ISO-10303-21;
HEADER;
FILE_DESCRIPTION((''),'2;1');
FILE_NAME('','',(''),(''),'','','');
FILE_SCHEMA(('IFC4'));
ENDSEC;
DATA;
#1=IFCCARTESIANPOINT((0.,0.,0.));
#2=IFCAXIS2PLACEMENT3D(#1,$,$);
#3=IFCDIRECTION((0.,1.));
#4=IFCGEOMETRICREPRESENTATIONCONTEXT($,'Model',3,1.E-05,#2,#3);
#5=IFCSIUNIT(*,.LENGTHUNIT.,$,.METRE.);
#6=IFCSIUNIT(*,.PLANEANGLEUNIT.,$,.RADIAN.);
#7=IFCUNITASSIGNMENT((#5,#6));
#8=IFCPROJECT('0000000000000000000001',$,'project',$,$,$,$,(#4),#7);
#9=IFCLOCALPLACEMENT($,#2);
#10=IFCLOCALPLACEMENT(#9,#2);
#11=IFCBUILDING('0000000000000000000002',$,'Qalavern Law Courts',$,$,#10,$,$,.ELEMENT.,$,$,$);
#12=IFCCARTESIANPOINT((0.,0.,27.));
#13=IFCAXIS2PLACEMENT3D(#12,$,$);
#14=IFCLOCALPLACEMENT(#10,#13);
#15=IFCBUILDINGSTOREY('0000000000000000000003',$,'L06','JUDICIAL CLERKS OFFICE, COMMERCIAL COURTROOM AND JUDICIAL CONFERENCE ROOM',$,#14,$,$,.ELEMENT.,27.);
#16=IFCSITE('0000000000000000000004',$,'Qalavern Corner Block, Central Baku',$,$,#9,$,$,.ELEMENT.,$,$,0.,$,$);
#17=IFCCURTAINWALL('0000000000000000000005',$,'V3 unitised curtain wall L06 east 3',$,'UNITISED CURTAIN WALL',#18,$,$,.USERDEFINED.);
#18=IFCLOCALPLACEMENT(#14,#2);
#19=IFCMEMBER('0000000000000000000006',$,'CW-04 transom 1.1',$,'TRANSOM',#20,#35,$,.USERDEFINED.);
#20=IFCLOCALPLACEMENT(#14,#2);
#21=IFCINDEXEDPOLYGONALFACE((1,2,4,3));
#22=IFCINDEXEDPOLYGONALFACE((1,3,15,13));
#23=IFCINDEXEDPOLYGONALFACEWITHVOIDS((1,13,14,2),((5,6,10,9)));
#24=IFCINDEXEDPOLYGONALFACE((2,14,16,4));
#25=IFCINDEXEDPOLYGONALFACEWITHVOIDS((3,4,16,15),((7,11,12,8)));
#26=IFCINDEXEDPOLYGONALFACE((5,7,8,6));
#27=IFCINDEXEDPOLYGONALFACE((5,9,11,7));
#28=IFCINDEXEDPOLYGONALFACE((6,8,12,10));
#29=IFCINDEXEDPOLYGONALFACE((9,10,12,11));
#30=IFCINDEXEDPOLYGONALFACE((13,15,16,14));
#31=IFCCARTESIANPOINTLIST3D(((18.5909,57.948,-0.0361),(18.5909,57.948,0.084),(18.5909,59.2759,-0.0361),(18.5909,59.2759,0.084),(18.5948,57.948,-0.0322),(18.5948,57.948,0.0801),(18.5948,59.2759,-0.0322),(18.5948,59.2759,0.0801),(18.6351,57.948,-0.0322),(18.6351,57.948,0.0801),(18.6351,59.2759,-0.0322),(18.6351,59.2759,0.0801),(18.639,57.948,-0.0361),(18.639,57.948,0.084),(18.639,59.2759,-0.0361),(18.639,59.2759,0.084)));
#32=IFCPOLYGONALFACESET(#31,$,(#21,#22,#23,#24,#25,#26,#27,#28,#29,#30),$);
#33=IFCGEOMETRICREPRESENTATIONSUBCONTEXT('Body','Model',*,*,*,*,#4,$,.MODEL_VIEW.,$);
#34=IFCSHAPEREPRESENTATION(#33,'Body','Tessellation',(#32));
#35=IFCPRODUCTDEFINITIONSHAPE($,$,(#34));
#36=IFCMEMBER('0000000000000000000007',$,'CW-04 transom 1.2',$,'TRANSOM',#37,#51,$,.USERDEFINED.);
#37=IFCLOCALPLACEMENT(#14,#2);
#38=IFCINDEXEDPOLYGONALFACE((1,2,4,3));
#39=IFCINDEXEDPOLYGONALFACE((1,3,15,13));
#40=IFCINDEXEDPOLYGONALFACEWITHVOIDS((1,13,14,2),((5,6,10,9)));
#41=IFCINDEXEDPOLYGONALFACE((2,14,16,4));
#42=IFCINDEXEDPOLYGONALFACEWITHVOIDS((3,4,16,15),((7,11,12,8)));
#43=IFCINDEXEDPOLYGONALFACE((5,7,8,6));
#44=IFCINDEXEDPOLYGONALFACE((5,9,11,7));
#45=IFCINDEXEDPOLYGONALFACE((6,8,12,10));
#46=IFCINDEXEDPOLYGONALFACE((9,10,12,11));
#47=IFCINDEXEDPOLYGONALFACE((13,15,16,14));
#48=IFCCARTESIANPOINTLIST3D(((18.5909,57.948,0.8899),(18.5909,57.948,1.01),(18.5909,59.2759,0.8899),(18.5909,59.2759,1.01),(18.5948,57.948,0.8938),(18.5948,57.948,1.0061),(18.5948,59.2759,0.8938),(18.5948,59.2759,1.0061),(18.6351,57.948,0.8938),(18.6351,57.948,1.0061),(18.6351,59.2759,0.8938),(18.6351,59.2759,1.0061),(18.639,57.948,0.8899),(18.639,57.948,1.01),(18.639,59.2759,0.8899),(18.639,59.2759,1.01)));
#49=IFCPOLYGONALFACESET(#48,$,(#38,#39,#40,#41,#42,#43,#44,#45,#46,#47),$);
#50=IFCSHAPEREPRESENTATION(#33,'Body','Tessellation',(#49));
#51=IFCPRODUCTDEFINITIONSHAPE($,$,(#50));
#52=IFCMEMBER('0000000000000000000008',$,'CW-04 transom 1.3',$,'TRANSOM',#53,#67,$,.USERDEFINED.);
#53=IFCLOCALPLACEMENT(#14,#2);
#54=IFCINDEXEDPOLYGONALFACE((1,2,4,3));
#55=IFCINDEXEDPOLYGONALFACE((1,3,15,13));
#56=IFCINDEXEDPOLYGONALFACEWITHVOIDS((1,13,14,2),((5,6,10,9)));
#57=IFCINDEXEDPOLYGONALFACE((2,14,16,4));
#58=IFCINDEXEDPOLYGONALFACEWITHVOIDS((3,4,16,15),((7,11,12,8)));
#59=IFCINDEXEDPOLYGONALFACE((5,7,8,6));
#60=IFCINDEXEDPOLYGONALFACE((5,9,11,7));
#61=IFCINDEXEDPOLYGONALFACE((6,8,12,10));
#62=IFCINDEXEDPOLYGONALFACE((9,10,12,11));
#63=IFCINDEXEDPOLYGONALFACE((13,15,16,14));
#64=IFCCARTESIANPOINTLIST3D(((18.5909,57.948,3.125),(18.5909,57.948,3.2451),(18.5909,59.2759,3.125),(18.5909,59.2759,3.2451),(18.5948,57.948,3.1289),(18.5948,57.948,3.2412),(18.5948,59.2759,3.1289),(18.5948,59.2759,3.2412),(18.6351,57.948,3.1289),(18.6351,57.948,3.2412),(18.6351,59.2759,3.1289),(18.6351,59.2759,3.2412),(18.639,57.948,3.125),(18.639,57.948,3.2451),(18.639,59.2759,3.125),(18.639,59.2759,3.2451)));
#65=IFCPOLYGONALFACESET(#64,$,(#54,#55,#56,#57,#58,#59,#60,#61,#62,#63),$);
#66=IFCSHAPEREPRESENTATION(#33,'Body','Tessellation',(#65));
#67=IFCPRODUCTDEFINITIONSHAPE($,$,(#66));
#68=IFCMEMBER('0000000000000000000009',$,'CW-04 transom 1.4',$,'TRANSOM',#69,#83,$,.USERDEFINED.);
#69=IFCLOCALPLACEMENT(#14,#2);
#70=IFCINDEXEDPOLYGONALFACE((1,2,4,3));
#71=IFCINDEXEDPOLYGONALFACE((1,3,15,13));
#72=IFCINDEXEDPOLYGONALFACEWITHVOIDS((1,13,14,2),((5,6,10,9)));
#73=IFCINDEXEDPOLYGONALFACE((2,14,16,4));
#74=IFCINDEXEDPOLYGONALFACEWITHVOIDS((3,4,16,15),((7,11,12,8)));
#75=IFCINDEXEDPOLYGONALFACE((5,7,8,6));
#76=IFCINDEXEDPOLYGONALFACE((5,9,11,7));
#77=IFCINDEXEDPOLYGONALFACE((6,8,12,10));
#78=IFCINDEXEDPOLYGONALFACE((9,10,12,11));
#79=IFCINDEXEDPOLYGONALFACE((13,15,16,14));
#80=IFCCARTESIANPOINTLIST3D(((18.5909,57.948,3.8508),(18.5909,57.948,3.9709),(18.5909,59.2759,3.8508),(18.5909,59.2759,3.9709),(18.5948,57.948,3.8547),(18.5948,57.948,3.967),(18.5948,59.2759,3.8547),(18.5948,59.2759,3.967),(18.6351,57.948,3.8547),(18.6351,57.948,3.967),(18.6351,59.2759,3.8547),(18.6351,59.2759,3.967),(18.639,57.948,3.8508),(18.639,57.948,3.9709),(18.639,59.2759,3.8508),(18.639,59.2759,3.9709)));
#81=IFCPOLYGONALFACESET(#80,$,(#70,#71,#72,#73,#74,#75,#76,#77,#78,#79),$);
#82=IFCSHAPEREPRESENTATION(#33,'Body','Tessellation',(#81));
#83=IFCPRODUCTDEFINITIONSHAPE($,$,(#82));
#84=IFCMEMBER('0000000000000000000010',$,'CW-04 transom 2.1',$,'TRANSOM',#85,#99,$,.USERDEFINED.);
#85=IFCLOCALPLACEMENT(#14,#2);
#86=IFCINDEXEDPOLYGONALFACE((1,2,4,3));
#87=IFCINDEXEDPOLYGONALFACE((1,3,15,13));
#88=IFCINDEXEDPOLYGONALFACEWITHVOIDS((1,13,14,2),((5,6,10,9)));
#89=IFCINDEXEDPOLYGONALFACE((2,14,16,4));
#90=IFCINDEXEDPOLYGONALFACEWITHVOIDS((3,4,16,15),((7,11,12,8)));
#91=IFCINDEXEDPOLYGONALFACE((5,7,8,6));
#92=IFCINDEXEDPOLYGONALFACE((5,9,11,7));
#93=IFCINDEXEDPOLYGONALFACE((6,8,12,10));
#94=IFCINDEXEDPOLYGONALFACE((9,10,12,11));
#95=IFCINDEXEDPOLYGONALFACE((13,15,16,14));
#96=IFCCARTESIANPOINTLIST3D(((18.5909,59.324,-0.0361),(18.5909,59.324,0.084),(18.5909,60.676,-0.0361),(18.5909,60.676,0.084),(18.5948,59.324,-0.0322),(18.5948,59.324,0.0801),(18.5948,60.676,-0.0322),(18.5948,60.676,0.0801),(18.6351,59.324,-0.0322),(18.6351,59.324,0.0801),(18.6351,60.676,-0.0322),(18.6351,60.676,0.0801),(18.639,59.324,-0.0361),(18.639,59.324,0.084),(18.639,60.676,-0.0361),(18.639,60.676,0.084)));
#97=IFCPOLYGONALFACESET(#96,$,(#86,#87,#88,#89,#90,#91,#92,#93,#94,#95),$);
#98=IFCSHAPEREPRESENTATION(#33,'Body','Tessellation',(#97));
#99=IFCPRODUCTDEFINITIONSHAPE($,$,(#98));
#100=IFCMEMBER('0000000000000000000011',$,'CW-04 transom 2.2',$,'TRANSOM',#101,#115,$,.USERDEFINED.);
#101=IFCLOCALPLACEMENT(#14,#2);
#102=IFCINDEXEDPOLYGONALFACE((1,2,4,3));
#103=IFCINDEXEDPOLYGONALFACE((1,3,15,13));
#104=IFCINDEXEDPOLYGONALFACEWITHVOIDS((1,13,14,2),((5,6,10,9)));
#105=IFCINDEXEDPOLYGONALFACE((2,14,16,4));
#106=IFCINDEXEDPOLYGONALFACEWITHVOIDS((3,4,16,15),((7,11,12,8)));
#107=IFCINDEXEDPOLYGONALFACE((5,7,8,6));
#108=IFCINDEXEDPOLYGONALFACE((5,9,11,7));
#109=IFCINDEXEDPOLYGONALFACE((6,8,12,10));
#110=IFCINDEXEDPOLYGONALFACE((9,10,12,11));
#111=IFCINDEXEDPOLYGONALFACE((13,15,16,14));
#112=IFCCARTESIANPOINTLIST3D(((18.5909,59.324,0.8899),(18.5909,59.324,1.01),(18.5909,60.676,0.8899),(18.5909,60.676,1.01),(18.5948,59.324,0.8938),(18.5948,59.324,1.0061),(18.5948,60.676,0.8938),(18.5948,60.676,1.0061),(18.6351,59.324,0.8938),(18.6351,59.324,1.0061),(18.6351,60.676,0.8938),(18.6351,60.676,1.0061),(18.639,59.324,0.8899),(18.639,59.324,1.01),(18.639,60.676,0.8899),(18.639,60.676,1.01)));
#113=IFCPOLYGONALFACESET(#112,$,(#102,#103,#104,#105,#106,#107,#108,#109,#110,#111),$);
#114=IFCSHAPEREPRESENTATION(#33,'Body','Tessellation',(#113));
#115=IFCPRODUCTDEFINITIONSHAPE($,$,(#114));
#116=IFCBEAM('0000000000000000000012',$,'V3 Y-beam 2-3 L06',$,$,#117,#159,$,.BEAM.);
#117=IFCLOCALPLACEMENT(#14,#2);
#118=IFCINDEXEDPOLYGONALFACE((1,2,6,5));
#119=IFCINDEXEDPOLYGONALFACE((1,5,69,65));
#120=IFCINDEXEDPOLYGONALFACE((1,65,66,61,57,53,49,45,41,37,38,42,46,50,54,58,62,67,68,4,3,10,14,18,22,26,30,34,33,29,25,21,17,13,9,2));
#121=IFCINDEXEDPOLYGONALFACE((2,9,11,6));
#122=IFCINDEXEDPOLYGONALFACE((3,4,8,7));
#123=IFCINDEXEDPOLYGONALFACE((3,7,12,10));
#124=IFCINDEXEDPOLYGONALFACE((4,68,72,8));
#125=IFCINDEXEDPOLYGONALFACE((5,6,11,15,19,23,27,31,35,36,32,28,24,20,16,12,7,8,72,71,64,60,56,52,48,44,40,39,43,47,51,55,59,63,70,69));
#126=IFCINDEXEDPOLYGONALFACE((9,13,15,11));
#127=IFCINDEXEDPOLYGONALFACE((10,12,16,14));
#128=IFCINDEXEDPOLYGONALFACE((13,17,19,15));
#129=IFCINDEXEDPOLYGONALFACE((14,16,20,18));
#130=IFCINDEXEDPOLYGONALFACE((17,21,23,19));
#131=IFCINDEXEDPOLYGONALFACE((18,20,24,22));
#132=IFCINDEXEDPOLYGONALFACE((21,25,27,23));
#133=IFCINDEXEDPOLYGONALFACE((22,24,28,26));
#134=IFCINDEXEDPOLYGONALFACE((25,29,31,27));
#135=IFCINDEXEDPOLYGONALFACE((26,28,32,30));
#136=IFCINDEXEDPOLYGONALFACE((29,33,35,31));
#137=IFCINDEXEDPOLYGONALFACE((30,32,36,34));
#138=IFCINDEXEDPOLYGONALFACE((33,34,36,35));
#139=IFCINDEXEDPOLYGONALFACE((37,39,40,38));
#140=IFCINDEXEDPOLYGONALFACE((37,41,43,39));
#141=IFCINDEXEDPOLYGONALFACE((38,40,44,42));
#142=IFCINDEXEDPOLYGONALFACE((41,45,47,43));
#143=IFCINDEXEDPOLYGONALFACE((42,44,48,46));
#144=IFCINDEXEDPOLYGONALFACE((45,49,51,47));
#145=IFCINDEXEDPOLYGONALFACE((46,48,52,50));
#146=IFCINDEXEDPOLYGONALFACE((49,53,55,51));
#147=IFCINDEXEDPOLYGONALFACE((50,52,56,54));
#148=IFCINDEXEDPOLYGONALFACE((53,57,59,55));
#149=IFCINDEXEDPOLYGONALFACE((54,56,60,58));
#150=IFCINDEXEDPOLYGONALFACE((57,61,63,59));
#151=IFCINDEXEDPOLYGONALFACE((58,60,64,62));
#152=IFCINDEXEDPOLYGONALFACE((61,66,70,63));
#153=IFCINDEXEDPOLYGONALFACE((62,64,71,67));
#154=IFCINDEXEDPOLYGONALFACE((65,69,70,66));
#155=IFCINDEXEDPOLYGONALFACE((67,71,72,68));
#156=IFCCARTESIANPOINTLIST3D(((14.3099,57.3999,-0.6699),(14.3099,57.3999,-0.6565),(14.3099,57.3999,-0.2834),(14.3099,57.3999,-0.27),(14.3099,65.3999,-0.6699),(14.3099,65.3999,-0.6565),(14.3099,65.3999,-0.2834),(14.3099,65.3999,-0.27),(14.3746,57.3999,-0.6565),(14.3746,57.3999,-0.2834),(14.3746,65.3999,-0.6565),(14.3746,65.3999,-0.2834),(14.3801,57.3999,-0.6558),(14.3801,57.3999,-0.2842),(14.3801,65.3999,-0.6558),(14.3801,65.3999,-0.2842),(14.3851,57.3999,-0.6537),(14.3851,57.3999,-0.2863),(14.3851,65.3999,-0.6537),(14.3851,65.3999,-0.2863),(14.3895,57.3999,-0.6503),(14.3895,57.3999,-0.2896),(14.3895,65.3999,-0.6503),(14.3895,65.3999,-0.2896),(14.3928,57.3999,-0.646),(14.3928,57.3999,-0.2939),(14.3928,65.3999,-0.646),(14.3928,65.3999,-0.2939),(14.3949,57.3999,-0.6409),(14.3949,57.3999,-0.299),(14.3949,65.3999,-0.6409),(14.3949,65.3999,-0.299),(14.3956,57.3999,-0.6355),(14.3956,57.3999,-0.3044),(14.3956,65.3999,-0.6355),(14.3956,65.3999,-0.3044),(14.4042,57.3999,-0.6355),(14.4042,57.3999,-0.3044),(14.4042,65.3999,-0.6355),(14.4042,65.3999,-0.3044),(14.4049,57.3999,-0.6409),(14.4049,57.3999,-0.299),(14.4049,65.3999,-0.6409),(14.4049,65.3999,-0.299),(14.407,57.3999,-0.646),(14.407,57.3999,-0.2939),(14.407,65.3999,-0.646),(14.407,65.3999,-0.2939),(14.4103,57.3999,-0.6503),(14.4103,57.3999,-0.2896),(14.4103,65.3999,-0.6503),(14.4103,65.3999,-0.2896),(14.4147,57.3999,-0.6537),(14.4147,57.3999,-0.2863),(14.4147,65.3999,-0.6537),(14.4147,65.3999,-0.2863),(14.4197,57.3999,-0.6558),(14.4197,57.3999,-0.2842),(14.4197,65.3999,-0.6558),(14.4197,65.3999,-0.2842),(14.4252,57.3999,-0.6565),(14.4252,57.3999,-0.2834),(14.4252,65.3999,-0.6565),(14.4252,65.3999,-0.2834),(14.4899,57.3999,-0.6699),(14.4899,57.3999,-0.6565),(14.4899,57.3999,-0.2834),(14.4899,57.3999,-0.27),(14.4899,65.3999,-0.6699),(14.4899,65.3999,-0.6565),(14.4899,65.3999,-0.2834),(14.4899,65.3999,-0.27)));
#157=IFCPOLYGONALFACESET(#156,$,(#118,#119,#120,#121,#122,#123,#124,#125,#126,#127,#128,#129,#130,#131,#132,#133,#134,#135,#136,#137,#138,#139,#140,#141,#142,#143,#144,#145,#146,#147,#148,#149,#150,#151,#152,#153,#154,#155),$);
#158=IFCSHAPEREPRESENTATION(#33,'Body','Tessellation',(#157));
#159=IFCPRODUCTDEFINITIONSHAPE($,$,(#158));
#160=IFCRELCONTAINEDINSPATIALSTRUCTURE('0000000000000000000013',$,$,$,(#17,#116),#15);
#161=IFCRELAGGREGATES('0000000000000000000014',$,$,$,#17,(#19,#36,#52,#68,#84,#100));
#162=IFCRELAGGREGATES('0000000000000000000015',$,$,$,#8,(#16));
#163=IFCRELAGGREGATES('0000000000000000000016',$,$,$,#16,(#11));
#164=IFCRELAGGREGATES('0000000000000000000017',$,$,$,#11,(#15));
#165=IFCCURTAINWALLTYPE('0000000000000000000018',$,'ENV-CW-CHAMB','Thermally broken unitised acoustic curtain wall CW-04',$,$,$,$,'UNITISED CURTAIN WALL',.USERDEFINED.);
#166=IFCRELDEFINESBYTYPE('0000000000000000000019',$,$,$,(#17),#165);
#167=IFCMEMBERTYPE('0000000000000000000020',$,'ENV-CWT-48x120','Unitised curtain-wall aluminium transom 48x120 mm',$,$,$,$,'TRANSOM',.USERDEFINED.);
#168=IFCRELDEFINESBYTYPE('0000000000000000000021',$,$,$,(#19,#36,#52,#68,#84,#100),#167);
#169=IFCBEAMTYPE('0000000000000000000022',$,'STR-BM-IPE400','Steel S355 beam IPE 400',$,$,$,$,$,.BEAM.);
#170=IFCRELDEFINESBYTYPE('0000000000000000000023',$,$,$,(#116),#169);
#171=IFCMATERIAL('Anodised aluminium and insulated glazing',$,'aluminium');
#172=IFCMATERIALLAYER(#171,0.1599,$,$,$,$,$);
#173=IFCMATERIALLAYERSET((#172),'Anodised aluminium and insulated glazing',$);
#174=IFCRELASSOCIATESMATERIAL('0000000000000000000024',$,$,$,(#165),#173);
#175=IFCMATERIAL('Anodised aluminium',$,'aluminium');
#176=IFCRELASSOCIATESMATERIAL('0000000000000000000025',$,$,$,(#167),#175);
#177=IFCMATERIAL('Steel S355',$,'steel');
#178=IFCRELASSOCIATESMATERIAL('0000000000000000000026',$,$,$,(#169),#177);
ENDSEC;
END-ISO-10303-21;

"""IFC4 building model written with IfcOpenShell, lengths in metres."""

from ifc_helpers import new_model, si_unit, direction, frame, origin, origin_2d, place, context, subcontext, project, spatial, hollow_rectangle, i_section, extrude, material, layer, layer_set, material_profile, profile_set, type_object, element, aggregate, save


model = new_model("IFC4")

# Units and contexts
model_context = context("Model", 3, precision=1e-05, world=origin(), true_north=direction((0.0, 1.0)))
body_context = subcontext(model_context, "Body", "Model", "MODEL_VIEW")
ifc_project = project(units=[si_unit("LENGTHUNIT", "METRE"), si_unit("PLANEANGLEUNIT", "RADIAN")], contexts=[model_context])

# Site, building, storey
site_placement = place(None, origin())
site = spatial("IfcSite", under=ifc_project, at=site_placement, Name="Qalavern Corner Block, Central Baku", CompositionType="ELEMENT", RefElevation=0.0)
building_placement = place(site_placement, origin())
building = spatial("IfcBuilding", under=site, at=building_placement, Name="Qalavern Law Courts", CompositionType="ELEMENT")
storey_placement = place(building_placement, frame((0.0, 0.0, 27.0)))
storey = spatial("IfcBuildingStorey", under=building, at=storey_placement, Name="L06", Description="JUDICIAL CLERKS OFFICE, COMMERCIAL COURTROOM AND JUDICIAL CONFERENCE ROOM", CompositionType="ELEMENT", Elevation=27.0)

# Curtain wall
ifc_material_1 = material(Name="Anodised aluminium and insulated glazing", Category="aluminium")
ifc_layer_1 = layer(ifc_material_1, 0.1599)
ifc_layer_set_1 = layer_set([ifc_layer_1], Name="Anodised aluminium and insulated glazing")
curtain_wall_type = type_object("IfcCurtainWallType", Name="ENV-CW-CHAMB", Description="Thermally broken unitised acoustic curtain wall CW-04", ElementType="UNITISED CURTAIN WALL", PredefinedType="USERDEFINED", material=ifc_layer_set_1)
ifc_material_2 = material(Name="Anodised aluminium", Category="aluminium")
curtain_wall_1_placement = place(storey_placement, origin())
curtain_wall_1 = element("IfcCurtainWall", 1, at=curtain_wall_1_placement, inside=storey, type_object=curtain_wall_type, Name="V3 unitised curtain wall L06 east 3", ObjectType="UNITISED CURTAIN WALL", PredefinedType="USERDEFINED")

# Members
ifc_material_profile_1 = material_profile(ifc_material_2, hollow_rectangle(XDim=0.0481, YDim=0.1201, WallThickness=0.0039, at=origin_2d()), Name="ALU TRANSOM 48x120")
ifc_profile_set_1 = profile_set([ifc_material_profile_1], Name="Anodised aluminium")
member_type_1 = type_object("IfcMemberType", Name="ENV-CWT-48x120", Description="Unitised curtain-wall aluminium transom 48x120 mm", ElementType="TRANSOM", PredefinedType="USERDEFINED", material=ifc_profile_set_1)
member_1_placement = place(storey_placement, frame((18.615, 57.948, 0.0239), z_axis=(0.0, 1.0, 0.0), x_axis=(-1.0, 0.0, 0.0)))
member_1 = element("IfcMember", 2, at=member_1_placement, type_object=member_type_1, Name="CW-04 transom 1.1", ObjectType="TRANSOM", PredefinedType="USERDEFINED", context=body_context, shape_type="SweptSolid", body=[
    extrude(hollow_rectangle(XDim=0.0481, YDim=0.1201, WallThickness=0.0039, at=origin_2d()), origin(), (0.0, 0.0, 1.0), 1.3279),
])
member_2_placement = place(storey_placement, frame((18.615, 57.948, 0.95), z_axis=(0.0, 1.0, 0.0), x_axis=(-1.0, 0.0, 0.0)))
member_2 = element("IfcMember", 3, at=member_2_placement, type_object=member_type_1, Name="CW-04 transom 1.2", ObjectType="TRANSOM", PredefinedType="USERDEFINED", context=body_context, shape_type="SweptSolid", body=[
    extrude(hollow_rectangle(XDim=0.0481, YDim=0.1201, WallThickness=0.0039, at=origin_2d()), origin(), (0.0, 0.0, 1.0), 1.3279),
])
member_3_placement = place(storey_placement, frame((18.615, 57.948, 3.1851), z_axis=(0.0, 1.0, 0.0), x_axis=(-1.0, 0.0, 0.0)))
member_3 = element("IfcMember", 4, at=member_3_placement, type_object=member_type_1, Name="CW-04 transom 1.3", ObjectType="TRANSOM", PredefinedType="USERDEFINED", context=body_context, shape_type="SweptSolid", body=[
    extrude(hollow_rectangle(XDim=0.0481, YDim=0.1201, WallThickness=0.0039, at=origin_2d()), origin(), (0.0, 0.0, 1.0), 1.3279),
])
member_4_placement = place(storey_placement, frame((18.615, 57.948, 3.9109), z_axis=(0.0, 1.0, 0.0), x_axis=(-1.0, 0.0, 0.0)))
member_4 = element("IfcMember", 5, at=member_4_placement, type_object=member_type_1, Name="CW-04 transom 1.4", ObjectType="TRANSOM", PredefinedType="USERDEFINED", context=body_context, shape_type="SweptSolid", body=[
    extrude(hollow_rectangle(XDim=0.0481, YDim=0.1201, WallThickness=0.0039, at=origin_2d()), origin(), (0.0, 0.0, 1.0), 1.3279),
])
member_5_placement = place(storey_placement, frame((18.615, 59.324, 0.0239), z_axis=(0.0, 1.0, 0.0), x_axis=(-1.0, 0.0, 0.0)))
member_5 = element("IfcMember", 6, at=member_5_placement, type_object=member_type_1, Name="CW-04 transom 2.1", ObjectType="TRANSOM", PredefinedType="USERDEFINED", context=body_context, shape_type="SweptSolid", body=[
    extrude(hollow_rectangle(XDim=0.0481, YDim=0.1201, WallThickness=0.0039, at=origin_2d()), origin(), (0.0, 0.0, 1.0), 1.3521),
])
member_6_placement = place(storey_placement, frame((18.615, 59.324, 0.95), z_axis=(0.0, 1.0, 0.0), x_axis=(-1.0, 0.0, 0.0)))
member_6 = element("IfcMember", 7, at=member_6_placement, type_object=member_type_1, Name="CW-04 transom 2.2", ObjectType="TRANSOM", PredefinedType="USERDEFINED", context=body_context, shape_type="SweptSolid", body=[
    extrude(hollow_rectangle(XDim=0.0481, YDim=0.1201, WallThickness=0.0039, at=origin_2d()), origin(), (0.0, 0.0, 1.0), 1.3521),
])

# Beam
ifc_material_3 = material(Name="Steel S355", Category="steel")
ifc_material_profile_2 = material_profile(ifc_material_3, i_section(OverallWidth=0.1799, OverallDepth=0.3999, WebThickness=0.0085, FlangeThickness=0.0134, FilletRadius=0.021, at=origin_2d()), Name="IPE 400")
ifc_profile_set_2 = profile_set([ifc_material_profile_2], Name="Steel S355")
beam_type_1 = type_object("IfcBeamType", Name="STR-BM-IPE400", Description="Steel S355 beam IPE 400", PredefinedType="BEAM", material=ifc_profile_set_2)
beam_1_placement = place(storey_placement, frame((14.3999, 57.3999, -0.47), z_axis=(0.0, 1.0, 0.0), x_axis=(-1.0, 0.0, 0.0)))
element("IfcBeam", 8, at=beam_1_placement, inside=storey, type_object=beam_type_1, Name="V3 Y-beam 2-3 L06", PredefinedType="BEAM", context=body_context, shape_type="SweptSolid", body=[
    extrude(i_section(OverallWidth=0.1799, OverallDepth=0.3999, WebThickness=0.0085, FlangeThickness=0.0134, FilletRadius=0.021, at=origin_2d()), origin(), (0.0, 0.0, 1.0), 8.0),
])

aggregate(curtain_wall_1, [member_1, member_2, member_3, member_4, member_5, member_6])

save(model, "model.ifc")
